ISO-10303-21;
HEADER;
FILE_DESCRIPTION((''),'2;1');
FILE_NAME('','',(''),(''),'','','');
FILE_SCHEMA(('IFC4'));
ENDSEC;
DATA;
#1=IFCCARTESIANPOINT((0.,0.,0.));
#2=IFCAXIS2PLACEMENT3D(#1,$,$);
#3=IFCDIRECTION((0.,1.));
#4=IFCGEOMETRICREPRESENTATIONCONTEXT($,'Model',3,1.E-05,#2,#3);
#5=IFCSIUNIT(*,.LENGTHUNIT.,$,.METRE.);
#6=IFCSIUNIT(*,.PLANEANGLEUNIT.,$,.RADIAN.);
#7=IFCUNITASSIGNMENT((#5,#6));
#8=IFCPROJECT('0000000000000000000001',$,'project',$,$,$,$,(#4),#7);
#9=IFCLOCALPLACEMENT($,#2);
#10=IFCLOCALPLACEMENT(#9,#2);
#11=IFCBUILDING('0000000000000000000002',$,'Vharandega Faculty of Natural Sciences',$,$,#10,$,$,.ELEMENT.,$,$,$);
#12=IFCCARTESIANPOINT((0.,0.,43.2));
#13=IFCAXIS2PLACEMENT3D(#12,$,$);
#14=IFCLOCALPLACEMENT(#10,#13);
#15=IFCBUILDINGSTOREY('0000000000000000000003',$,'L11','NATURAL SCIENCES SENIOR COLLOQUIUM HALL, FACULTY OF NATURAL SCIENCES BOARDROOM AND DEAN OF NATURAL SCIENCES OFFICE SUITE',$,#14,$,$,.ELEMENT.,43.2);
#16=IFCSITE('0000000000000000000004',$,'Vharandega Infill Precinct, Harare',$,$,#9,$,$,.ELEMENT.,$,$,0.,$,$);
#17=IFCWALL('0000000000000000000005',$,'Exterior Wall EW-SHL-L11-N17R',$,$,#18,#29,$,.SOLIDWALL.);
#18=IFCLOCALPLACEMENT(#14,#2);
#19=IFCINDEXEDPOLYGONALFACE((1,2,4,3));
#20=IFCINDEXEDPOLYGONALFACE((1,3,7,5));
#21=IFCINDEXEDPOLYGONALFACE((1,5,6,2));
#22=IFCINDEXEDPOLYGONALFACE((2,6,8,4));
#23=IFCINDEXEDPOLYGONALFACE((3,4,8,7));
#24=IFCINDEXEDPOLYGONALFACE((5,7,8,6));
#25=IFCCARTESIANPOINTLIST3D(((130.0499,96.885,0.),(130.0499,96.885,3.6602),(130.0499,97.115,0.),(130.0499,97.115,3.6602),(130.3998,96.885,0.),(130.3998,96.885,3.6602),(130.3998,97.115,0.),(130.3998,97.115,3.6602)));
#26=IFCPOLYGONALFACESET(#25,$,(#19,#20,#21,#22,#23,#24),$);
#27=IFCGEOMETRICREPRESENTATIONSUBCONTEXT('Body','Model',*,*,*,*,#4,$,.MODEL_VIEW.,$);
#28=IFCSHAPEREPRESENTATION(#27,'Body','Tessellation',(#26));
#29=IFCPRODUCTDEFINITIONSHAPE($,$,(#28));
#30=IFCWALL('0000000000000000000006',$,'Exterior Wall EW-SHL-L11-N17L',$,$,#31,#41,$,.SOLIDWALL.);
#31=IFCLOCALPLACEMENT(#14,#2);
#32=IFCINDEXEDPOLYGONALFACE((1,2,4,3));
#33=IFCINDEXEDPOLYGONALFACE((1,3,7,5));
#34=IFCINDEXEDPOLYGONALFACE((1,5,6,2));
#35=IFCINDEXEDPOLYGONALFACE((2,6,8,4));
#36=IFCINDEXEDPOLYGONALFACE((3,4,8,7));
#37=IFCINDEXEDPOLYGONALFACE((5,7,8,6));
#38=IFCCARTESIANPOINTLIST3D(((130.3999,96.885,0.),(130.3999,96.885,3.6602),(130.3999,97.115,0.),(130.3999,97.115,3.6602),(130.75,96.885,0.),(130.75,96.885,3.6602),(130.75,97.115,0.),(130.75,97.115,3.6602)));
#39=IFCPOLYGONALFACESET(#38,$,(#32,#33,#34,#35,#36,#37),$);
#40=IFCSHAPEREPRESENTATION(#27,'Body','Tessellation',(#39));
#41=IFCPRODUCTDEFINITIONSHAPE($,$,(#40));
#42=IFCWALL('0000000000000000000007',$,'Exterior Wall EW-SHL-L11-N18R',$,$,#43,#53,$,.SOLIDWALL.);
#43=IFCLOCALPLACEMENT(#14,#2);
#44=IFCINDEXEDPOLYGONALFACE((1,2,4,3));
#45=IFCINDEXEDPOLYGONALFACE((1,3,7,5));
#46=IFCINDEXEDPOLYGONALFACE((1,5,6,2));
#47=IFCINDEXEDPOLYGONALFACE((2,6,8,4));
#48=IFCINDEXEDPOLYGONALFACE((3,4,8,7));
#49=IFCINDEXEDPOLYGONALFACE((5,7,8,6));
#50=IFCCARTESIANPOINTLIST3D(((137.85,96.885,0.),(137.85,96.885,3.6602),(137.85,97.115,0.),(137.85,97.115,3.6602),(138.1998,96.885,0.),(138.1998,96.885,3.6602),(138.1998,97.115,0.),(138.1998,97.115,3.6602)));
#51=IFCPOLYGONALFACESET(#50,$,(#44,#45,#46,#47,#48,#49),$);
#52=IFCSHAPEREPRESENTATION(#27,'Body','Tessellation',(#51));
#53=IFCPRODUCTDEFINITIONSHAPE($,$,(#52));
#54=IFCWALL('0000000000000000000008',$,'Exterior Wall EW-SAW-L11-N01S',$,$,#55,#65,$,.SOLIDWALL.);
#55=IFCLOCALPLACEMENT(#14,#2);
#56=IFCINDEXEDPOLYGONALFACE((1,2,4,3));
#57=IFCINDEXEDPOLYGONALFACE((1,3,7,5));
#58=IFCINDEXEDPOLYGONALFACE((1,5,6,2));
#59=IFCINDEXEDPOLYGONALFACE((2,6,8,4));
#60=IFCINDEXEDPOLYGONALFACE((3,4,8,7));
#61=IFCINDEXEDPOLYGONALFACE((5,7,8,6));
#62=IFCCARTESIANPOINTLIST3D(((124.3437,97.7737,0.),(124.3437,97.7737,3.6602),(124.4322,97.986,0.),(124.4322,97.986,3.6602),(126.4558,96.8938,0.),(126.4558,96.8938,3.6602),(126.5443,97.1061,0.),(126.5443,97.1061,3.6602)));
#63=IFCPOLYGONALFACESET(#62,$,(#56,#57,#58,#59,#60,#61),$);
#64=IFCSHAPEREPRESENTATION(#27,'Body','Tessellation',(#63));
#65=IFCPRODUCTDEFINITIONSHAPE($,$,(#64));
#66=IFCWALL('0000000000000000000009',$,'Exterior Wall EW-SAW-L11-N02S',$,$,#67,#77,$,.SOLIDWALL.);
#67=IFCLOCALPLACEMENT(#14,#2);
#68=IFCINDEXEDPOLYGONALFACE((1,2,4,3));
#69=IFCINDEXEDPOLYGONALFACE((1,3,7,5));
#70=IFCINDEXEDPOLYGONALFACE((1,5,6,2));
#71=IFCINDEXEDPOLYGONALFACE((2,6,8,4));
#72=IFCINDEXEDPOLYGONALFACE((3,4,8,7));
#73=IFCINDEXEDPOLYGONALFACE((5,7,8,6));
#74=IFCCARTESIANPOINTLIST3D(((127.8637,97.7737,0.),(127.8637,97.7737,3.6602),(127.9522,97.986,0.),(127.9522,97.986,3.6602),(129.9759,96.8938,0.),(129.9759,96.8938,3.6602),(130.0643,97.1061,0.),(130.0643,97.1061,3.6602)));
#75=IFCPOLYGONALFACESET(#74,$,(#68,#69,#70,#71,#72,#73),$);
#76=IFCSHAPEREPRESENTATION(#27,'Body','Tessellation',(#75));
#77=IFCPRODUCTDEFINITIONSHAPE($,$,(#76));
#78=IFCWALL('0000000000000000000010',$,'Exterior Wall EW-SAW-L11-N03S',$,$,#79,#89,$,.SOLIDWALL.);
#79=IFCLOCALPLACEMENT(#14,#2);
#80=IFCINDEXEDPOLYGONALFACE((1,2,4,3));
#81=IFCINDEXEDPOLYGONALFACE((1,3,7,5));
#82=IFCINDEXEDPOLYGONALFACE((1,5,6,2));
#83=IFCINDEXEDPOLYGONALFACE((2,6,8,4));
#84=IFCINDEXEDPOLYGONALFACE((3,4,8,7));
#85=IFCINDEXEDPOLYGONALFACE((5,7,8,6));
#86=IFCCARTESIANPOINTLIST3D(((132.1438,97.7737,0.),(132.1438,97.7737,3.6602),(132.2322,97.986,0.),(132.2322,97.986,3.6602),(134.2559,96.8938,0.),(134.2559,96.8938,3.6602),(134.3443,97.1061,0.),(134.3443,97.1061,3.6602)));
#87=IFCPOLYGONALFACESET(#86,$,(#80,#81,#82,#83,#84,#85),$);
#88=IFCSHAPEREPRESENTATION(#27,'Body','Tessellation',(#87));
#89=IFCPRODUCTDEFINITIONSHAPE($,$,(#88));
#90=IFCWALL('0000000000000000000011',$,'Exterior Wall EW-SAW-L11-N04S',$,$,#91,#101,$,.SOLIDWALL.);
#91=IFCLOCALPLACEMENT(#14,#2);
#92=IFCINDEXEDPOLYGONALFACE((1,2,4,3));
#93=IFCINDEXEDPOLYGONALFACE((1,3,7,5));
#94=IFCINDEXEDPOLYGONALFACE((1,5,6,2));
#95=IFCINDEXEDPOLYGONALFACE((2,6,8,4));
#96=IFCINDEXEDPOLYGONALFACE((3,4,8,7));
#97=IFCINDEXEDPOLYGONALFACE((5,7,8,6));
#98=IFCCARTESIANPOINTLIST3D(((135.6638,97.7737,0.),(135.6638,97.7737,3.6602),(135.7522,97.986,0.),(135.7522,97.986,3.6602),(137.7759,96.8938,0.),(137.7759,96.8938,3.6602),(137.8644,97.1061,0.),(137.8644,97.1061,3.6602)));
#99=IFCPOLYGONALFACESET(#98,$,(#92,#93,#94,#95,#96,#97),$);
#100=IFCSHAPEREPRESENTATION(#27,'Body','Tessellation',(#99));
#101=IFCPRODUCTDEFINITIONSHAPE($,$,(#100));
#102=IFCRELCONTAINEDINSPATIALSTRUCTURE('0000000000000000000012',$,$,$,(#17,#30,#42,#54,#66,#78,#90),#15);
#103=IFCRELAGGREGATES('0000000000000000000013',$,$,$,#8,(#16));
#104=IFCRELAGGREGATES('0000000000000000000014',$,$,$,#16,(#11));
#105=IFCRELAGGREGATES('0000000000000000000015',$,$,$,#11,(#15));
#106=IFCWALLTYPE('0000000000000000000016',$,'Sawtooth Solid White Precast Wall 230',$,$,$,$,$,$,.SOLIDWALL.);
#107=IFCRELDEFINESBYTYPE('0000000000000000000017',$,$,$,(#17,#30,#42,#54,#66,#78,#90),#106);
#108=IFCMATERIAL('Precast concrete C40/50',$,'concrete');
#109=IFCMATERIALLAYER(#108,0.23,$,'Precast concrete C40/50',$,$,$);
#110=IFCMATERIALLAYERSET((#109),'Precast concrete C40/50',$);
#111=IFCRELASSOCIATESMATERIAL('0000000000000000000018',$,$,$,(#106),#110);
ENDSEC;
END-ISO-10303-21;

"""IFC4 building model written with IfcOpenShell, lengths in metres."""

from ifc_helpers import new_model, si_unit, direction, frame, frame_2d, origin, place, context, subcontext, project, spatial, rectangle, extrude, material, layer, layer_set, type_object, element, save


model = new_model("IFC4")

# Units and contexts
model_context = context("Model", 3, precision=1e-05, world=origin(), true_north=direction((0.0, 1.0)))
body_context = subcontext(model_context, "Body", "Model", "MODEL_VIEW")
ifc_project = project(units=[si_unit("LENGTHUNIT", "METRE"), si_unit("PLANEANGLEUNIT", "RADIAN")], contexts=[model_context])

# Site, building, storey
site_placement = place(None, origin())
site = spatial("IfcSite", under=ifc_project, at=site_placement, Name="Vharandega Infill Precinct, Harare", CompositionType="ELEMENT", RefElevation=0.0)
building_placement = place(site_placement, origin())
building = spatial("IfcBuilding", under=site, at=building_placement, Name="Vharandega Faculty of Natural Sciences", CompositionType="ELEMENT")
storey_placement = place(building_placement, frame((0.0, 0.0, 43.2)))
storey = spatial("IfcBuildingStorey", under=building, at=storey_placement, Name="L11", Description="NATURAL SCIENCES SENIOR COLLOQUIUM HALL, FACULTY OF NATURAL SCIENCES BOARDROOM AND DEAN OF NATURAL SCIENCES OFFICE SUITE", CompositionType="ELEMENT", Elevation=43.2)

# Walls
ifc_material_1 = material(Name="Precast concrete C40/50", Category="concrete")
ifc_layer_1 = layer(ifc_material_1, 0.23, Name="Precast concrete C40/50")
ifc_layer_set_1 = layer_set([ifc_layer_1], Name="Precast concrete C40/50")
wall_type_1 = type_object("IfcWallType", Name="Sawtooth Solid White Precast Wall 230", PredefinedType="SOLIDWALL", material=ifc_layer_set_1)
wall_1_placement = place(storey_placement, frame((130.05, 97.0, 0.0), z_axis=(0.0, 0.0, 1.0), x_axis=(1.0, 0.0, 0.0)))
element("IfcWall", 1, at=wall_1_placement, inside=storey, type_object=wall_type_1, Name="Exterior Wall EW-SHL-L11-N17R", PredefinedType="SOLIDWALL", context=body_context, shape_type="SweptSolid", body=[
    extrude(rectangle(XDim=0.3499, YDim=0.23, at=frame_2d((0.1748, 0.0))), origin(), (0.0, 0.0, 1.0), 3.6602),
])
wall_2_placement = place(storey_placement, frame((130.3999, 97.0, 0.0), z_axis=(0.0, 0.0, 1.0), x_axis=(1.0, 0.0, 0.0)))
element("IfcWall", 2, at=wall_2_placement, inside=storey, type_object=wall_type_1, Name="Exterior Wall EW-SHL-L11-N17L", PredefinedType="SOLIDWALL", context=body_context, shape_type="SweptSolid", body=[
    extrude(rectangle(XDim=0.3501, YDim=0.23, at=frame_2d((0.175, 0.0))), origin(), (0.0, 0.0, 1.0), 3.6602),
])
wall_3_placement = place(storey_placement, frame((137.8501, 97.0, 0.0), z_axis=(0.0, 0.0, 1.0), x_axis=(1.0, 0.0, 0.0)))
element("IfcWall", 3, at=wall_3_placement, inside=storey, type_object=wall_type_1, Name="Exterior Wall EW-SHL-L11-N18R", PredefinedType="SOLIDWALL", context=body_context, shape_type="SweptSolid", body=[
    extrude(rectangle(XDim=0.3499, YDim=0.23, at=frame_2d((0.1748, 0.0))), origin(), (0.0, 0.0, 1.0), 3.6602),
])
for number, where, z_axis, x_axis, name in (
    (4, (124.3879, 97.8799, 0.0), (0.0, 0.0, 1.0), (0.923099, -0.384562, 0.0), "Exterior Wall EW-SAW-L11-N01S"),
    (5, (127.908, 97.8799, 0.0), (0.0, 0.0, 1.0), (0.923099, -0.384562, 0.0), "Exterior Wall EW-SAW-L11-N02S"),
    (6, (132.188, 97.8799, 0.0), (0.0, 0.0, 1.0), (0.923099, -0.384562, 0.0), "Exterior Wall EW-SAW-L11-N03S"),
    (7, (135.708, 97.8799, 0.0), (0.0, 0.0, 1.0), (0.923099, -0.384562, 0.0), "Exterior Wall EW-SAW-L11-N04S"),
):
    element("IfcWall", number, at=place(storey_placement, frame(where, z_axis=z_axis, x_axis=x_axis)), inside=storey, type_object=wall_type_1, Name=name, PredefinedType="SOLIDWALL", context=body_context, shape_type="SweptSolid", body=[
        extrude(rectangle(XDim=2.2881, YDim=0.23, at=frame_2d((1.144, 0.0))), origin(), (0.0, 0.0, 1.0), 3.6602),
    ])

save(model, "model.ifc")
